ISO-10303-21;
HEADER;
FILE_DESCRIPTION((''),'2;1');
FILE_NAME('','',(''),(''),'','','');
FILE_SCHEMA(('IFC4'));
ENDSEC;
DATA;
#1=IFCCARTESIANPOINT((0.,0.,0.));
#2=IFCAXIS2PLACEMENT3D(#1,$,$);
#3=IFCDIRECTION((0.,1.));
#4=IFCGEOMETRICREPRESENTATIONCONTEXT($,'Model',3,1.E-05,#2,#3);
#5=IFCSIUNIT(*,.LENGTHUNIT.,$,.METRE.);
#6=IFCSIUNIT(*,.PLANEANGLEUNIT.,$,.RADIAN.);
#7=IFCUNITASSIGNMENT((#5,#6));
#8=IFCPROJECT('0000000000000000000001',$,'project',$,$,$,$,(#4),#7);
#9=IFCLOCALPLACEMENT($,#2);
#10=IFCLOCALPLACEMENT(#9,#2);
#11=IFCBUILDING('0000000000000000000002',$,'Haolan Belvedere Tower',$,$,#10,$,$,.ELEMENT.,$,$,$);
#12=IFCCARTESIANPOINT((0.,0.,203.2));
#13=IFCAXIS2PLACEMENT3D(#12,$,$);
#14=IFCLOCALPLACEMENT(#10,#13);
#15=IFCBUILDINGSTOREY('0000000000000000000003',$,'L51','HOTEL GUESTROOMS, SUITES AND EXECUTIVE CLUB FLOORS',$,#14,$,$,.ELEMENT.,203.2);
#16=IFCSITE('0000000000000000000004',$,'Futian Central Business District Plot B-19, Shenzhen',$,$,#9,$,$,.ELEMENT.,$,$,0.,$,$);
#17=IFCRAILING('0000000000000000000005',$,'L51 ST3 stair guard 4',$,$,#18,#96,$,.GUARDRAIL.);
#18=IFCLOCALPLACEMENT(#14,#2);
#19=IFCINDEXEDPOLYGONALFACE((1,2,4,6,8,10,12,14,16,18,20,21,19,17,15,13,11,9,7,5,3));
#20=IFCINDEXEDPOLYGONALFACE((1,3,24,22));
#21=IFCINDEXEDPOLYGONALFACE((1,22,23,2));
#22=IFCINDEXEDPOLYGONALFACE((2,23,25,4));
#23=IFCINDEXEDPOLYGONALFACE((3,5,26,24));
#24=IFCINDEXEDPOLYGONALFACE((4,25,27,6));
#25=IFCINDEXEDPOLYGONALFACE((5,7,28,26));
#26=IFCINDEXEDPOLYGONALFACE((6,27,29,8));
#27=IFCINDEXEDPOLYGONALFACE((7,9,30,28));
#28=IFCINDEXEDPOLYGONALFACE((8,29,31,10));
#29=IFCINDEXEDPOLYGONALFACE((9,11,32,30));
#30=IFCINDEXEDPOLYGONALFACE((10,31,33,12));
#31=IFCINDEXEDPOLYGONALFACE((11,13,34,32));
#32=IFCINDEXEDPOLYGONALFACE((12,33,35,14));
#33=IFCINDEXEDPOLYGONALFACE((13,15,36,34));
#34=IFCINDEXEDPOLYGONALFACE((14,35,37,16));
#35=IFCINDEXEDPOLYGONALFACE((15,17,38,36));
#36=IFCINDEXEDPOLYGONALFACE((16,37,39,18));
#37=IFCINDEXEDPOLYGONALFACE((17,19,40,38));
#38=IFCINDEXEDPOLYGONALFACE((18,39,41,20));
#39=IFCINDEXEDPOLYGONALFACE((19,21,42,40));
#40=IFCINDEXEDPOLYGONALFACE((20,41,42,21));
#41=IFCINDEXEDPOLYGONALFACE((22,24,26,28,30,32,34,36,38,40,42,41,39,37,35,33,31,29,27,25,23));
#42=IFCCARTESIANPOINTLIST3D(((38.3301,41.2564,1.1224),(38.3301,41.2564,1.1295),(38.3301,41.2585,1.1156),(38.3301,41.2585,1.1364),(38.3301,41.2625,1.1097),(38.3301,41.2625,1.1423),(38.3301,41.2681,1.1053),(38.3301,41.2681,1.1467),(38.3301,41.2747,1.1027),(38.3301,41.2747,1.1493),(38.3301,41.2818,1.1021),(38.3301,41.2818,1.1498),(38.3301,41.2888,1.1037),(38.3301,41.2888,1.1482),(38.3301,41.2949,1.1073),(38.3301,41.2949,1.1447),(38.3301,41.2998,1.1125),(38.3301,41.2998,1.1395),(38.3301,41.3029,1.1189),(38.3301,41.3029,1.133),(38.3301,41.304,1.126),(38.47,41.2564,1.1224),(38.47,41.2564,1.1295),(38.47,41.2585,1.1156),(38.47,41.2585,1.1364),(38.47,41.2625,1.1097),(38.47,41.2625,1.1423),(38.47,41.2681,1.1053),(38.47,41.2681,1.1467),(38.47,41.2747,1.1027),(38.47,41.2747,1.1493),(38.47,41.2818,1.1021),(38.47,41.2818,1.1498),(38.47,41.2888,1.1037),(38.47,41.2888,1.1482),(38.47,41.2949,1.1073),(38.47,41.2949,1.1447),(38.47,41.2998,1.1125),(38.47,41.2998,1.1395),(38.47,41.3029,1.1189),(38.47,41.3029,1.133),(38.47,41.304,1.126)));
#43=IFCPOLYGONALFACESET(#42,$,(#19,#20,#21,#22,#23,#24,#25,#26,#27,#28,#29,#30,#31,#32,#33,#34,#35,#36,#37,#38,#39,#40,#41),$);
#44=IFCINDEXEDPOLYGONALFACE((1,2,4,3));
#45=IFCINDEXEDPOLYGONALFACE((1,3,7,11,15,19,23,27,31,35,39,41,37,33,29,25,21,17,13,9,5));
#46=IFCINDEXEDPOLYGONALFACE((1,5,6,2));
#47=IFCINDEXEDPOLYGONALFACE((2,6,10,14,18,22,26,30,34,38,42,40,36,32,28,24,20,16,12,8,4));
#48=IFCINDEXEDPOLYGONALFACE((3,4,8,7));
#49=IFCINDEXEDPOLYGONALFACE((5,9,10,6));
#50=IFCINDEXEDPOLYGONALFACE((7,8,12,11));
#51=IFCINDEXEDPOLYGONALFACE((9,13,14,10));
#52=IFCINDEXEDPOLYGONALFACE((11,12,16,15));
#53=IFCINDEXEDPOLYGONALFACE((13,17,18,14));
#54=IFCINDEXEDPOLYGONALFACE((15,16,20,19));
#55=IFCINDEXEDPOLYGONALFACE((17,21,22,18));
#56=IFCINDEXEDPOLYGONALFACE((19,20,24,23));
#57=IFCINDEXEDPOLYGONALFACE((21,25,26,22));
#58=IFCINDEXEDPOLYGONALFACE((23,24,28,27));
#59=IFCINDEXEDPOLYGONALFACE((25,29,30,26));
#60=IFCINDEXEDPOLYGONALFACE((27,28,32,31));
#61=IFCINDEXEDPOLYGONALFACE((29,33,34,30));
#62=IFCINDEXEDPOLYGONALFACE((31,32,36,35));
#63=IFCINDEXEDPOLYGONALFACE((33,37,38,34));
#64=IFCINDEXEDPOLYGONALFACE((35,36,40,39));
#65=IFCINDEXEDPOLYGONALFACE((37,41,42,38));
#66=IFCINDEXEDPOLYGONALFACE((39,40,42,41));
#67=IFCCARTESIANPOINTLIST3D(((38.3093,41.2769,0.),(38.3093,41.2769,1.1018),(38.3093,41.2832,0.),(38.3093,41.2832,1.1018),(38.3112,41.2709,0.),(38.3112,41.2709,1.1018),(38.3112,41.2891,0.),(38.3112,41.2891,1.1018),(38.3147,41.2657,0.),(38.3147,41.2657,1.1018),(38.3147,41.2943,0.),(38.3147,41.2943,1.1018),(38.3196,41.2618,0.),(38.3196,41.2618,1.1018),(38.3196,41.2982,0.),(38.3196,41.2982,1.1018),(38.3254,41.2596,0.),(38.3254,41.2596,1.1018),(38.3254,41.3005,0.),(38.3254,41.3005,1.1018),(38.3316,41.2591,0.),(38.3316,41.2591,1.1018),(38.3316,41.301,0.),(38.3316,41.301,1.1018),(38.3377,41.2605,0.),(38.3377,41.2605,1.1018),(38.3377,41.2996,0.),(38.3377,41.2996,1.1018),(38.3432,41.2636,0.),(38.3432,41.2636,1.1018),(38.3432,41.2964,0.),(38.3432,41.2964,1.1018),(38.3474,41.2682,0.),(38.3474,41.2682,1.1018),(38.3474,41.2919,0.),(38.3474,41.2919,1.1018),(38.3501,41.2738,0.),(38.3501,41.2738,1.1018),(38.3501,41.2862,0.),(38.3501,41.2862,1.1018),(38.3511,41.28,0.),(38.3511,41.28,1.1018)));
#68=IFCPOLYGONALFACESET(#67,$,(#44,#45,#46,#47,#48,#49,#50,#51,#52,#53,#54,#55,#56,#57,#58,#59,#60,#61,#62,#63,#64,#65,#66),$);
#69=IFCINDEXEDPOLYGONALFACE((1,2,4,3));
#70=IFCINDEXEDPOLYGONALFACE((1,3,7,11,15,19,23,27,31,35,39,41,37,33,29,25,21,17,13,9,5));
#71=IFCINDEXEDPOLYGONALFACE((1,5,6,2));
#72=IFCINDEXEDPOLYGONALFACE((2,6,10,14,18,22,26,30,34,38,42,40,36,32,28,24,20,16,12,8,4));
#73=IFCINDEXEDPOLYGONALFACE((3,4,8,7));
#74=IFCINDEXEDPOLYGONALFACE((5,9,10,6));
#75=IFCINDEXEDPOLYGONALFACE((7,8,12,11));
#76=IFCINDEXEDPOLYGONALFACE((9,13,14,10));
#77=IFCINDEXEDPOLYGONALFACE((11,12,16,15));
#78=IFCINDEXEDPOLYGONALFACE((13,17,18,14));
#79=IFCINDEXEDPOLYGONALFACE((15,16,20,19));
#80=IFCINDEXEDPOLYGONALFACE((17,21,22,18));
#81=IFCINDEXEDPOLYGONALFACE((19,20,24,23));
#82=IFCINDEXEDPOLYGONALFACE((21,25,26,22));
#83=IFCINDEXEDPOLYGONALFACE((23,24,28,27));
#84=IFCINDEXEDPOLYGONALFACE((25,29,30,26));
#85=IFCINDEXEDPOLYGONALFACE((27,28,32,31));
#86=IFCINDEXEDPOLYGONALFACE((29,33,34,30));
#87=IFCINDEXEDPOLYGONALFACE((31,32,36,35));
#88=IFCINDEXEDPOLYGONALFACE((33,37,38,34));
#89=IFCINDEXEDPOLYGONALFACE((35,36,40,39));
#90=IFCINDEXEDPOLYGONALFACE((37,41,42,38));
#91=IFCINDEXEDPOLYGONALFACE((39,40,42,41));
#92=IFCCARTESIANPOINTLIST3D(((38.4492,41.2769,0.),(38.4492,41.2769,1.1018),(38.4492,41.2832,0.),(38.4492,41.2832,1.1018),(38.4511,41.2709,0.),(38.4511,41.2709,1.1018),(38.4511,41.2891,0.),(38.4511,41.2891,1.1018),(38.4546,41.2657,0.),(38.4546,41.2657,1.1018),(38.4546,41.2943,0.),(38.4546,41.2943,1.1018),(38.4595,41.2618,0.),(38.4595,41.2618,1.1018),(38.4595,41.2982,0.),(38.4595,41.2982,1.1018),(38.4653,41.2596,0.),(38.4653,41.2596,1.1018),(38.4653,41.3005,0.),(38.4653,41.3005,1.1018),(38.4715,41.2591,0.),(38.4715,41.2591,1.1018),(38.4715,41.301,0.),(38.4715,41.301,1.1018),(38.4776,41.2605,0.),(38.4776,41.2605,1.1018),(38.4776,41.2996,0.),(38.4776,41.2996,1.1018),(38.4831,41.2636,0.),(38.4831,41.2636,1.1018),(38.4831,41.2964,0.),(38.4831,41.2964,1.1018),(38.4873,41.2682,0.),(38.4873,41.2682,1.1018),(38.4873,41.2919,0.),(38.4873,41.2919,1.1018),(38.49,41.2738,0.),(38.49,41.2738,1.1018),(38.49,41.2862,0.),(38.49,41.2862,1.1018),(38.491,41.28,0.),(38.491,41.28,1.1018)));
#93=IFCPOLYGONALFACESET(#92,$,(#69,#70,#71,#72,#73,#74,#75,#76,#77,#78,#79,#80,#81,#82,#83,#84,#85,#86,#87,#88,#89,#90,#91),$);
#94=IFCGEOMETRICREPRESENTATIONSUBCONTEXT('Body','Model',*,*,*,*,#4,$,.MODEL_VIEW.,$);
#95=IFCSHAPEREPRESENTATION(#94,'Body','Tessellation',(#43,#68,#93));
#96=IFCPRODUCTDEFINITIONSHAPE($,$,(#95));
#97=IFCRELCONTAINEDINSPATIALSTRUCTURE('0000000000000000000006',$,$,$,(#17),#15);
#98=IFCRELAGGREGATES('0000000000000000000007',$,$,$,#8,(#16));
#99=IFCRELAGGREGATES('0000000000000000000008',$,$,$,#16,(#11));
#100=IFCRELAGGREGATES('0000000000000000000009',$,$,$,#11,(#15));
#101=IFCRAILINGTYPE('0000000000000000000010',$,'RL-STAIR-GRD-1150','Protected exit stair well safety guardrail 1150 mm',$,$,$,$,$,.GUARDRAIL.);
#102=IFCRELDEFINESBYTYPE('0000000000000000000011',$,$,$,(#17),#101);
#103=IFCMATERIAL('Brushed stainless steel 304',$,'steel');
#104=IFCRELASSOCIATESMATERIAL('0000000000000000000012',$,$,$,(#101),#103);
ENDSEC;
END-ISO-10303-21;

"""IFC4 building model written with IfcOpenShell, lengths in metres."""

from ifc_helpers import new_model, si_unit, direction, frame, origin, origin_2d, place, context, subcontext, project, spatial, circle, extrude, material, type_object, element, save


model = new_model("IFC4")

# Units and contexts
model_context = context("Model", 3, precision=1e-05, world=origin(), true_north=direction((0.0, 1.0)))
body_context = subcontext(model_context, "Body", "Model", "MODEL_VIEW")
ifc_project = project(units=[si_unit("LENGTHUNIT", "METRE"), si_unit("PLANEANGLEUNIT", "RADIAN")], contexts=[model_context])

# Site, building, storey
site_placement = place(None, origin())
site = spatial("IfcSite", under=ifc_project, at=site_placement, Name="Futian Central Business District Plot B-19, Shenzhen", CompositionType="ELEMENT", RefElevation=0.0)
building_placement = place(site_placement, origin())
building = spatial("IfcBuilding", under=site, at=building_placement, Name="Haolan Belvedere Tower", CompositionType="ELEMENT")
storey_placement = place(building_placement, frame((0.0, 0.0, 203.2)))
storey = spatial("IfcBuildingStorey", under=building, at=storey_placement, Name="L51", Description="HOTEL GUESTROOMS, SUITES AND EXECUTIVE CLUB FLOORS", CompositionType="ELEMENT", Elevation=203.2)

# Railing
ifc_material_1 = material(Name="Brushed stainless steel 304", Category="steel")
railing_type_1 = type_object("IfcRailingType", Name="RL-STAIR-GRD-1150", Description="Protected exit stair well safety guardrail 1150 mm", PredefinedType="GUARDRAIL", material=ifc_material_1)
railing_1_placement = place(storey_placement, frame((38.3301, 41.28, 0.0)))
element("IfcRailing", 1, at=railing_1_placement, inside=storey, type_object=railing_type_1, Name="L51 ST3 stair guard 4", PredefinedType="GUARDRAIL", context=body_context, shape_type="SweptSolid", body=[
    extrude(circle(Radius=0.0239, at=origin_2d()), frame((0.0, 0.0, 1.126), z_axis=(1.0, 0.0, 0.0), x_axis=(0.0, 1.0, 0.0)), (0.0, 0.0, 1.0), 0.1399),
    extrude(circle(Radius=0.021, at=origin_2d()), origin(), (0.0, 0.0, 1.0), 1.1018),
    extrude(circle(Radius=0.021, at=origin_2d()), frame((0.1399, 0.0, 0.0)), (0.0, 0.0, 1.0), 1.1018),
])

save(model, "model.ifc")
